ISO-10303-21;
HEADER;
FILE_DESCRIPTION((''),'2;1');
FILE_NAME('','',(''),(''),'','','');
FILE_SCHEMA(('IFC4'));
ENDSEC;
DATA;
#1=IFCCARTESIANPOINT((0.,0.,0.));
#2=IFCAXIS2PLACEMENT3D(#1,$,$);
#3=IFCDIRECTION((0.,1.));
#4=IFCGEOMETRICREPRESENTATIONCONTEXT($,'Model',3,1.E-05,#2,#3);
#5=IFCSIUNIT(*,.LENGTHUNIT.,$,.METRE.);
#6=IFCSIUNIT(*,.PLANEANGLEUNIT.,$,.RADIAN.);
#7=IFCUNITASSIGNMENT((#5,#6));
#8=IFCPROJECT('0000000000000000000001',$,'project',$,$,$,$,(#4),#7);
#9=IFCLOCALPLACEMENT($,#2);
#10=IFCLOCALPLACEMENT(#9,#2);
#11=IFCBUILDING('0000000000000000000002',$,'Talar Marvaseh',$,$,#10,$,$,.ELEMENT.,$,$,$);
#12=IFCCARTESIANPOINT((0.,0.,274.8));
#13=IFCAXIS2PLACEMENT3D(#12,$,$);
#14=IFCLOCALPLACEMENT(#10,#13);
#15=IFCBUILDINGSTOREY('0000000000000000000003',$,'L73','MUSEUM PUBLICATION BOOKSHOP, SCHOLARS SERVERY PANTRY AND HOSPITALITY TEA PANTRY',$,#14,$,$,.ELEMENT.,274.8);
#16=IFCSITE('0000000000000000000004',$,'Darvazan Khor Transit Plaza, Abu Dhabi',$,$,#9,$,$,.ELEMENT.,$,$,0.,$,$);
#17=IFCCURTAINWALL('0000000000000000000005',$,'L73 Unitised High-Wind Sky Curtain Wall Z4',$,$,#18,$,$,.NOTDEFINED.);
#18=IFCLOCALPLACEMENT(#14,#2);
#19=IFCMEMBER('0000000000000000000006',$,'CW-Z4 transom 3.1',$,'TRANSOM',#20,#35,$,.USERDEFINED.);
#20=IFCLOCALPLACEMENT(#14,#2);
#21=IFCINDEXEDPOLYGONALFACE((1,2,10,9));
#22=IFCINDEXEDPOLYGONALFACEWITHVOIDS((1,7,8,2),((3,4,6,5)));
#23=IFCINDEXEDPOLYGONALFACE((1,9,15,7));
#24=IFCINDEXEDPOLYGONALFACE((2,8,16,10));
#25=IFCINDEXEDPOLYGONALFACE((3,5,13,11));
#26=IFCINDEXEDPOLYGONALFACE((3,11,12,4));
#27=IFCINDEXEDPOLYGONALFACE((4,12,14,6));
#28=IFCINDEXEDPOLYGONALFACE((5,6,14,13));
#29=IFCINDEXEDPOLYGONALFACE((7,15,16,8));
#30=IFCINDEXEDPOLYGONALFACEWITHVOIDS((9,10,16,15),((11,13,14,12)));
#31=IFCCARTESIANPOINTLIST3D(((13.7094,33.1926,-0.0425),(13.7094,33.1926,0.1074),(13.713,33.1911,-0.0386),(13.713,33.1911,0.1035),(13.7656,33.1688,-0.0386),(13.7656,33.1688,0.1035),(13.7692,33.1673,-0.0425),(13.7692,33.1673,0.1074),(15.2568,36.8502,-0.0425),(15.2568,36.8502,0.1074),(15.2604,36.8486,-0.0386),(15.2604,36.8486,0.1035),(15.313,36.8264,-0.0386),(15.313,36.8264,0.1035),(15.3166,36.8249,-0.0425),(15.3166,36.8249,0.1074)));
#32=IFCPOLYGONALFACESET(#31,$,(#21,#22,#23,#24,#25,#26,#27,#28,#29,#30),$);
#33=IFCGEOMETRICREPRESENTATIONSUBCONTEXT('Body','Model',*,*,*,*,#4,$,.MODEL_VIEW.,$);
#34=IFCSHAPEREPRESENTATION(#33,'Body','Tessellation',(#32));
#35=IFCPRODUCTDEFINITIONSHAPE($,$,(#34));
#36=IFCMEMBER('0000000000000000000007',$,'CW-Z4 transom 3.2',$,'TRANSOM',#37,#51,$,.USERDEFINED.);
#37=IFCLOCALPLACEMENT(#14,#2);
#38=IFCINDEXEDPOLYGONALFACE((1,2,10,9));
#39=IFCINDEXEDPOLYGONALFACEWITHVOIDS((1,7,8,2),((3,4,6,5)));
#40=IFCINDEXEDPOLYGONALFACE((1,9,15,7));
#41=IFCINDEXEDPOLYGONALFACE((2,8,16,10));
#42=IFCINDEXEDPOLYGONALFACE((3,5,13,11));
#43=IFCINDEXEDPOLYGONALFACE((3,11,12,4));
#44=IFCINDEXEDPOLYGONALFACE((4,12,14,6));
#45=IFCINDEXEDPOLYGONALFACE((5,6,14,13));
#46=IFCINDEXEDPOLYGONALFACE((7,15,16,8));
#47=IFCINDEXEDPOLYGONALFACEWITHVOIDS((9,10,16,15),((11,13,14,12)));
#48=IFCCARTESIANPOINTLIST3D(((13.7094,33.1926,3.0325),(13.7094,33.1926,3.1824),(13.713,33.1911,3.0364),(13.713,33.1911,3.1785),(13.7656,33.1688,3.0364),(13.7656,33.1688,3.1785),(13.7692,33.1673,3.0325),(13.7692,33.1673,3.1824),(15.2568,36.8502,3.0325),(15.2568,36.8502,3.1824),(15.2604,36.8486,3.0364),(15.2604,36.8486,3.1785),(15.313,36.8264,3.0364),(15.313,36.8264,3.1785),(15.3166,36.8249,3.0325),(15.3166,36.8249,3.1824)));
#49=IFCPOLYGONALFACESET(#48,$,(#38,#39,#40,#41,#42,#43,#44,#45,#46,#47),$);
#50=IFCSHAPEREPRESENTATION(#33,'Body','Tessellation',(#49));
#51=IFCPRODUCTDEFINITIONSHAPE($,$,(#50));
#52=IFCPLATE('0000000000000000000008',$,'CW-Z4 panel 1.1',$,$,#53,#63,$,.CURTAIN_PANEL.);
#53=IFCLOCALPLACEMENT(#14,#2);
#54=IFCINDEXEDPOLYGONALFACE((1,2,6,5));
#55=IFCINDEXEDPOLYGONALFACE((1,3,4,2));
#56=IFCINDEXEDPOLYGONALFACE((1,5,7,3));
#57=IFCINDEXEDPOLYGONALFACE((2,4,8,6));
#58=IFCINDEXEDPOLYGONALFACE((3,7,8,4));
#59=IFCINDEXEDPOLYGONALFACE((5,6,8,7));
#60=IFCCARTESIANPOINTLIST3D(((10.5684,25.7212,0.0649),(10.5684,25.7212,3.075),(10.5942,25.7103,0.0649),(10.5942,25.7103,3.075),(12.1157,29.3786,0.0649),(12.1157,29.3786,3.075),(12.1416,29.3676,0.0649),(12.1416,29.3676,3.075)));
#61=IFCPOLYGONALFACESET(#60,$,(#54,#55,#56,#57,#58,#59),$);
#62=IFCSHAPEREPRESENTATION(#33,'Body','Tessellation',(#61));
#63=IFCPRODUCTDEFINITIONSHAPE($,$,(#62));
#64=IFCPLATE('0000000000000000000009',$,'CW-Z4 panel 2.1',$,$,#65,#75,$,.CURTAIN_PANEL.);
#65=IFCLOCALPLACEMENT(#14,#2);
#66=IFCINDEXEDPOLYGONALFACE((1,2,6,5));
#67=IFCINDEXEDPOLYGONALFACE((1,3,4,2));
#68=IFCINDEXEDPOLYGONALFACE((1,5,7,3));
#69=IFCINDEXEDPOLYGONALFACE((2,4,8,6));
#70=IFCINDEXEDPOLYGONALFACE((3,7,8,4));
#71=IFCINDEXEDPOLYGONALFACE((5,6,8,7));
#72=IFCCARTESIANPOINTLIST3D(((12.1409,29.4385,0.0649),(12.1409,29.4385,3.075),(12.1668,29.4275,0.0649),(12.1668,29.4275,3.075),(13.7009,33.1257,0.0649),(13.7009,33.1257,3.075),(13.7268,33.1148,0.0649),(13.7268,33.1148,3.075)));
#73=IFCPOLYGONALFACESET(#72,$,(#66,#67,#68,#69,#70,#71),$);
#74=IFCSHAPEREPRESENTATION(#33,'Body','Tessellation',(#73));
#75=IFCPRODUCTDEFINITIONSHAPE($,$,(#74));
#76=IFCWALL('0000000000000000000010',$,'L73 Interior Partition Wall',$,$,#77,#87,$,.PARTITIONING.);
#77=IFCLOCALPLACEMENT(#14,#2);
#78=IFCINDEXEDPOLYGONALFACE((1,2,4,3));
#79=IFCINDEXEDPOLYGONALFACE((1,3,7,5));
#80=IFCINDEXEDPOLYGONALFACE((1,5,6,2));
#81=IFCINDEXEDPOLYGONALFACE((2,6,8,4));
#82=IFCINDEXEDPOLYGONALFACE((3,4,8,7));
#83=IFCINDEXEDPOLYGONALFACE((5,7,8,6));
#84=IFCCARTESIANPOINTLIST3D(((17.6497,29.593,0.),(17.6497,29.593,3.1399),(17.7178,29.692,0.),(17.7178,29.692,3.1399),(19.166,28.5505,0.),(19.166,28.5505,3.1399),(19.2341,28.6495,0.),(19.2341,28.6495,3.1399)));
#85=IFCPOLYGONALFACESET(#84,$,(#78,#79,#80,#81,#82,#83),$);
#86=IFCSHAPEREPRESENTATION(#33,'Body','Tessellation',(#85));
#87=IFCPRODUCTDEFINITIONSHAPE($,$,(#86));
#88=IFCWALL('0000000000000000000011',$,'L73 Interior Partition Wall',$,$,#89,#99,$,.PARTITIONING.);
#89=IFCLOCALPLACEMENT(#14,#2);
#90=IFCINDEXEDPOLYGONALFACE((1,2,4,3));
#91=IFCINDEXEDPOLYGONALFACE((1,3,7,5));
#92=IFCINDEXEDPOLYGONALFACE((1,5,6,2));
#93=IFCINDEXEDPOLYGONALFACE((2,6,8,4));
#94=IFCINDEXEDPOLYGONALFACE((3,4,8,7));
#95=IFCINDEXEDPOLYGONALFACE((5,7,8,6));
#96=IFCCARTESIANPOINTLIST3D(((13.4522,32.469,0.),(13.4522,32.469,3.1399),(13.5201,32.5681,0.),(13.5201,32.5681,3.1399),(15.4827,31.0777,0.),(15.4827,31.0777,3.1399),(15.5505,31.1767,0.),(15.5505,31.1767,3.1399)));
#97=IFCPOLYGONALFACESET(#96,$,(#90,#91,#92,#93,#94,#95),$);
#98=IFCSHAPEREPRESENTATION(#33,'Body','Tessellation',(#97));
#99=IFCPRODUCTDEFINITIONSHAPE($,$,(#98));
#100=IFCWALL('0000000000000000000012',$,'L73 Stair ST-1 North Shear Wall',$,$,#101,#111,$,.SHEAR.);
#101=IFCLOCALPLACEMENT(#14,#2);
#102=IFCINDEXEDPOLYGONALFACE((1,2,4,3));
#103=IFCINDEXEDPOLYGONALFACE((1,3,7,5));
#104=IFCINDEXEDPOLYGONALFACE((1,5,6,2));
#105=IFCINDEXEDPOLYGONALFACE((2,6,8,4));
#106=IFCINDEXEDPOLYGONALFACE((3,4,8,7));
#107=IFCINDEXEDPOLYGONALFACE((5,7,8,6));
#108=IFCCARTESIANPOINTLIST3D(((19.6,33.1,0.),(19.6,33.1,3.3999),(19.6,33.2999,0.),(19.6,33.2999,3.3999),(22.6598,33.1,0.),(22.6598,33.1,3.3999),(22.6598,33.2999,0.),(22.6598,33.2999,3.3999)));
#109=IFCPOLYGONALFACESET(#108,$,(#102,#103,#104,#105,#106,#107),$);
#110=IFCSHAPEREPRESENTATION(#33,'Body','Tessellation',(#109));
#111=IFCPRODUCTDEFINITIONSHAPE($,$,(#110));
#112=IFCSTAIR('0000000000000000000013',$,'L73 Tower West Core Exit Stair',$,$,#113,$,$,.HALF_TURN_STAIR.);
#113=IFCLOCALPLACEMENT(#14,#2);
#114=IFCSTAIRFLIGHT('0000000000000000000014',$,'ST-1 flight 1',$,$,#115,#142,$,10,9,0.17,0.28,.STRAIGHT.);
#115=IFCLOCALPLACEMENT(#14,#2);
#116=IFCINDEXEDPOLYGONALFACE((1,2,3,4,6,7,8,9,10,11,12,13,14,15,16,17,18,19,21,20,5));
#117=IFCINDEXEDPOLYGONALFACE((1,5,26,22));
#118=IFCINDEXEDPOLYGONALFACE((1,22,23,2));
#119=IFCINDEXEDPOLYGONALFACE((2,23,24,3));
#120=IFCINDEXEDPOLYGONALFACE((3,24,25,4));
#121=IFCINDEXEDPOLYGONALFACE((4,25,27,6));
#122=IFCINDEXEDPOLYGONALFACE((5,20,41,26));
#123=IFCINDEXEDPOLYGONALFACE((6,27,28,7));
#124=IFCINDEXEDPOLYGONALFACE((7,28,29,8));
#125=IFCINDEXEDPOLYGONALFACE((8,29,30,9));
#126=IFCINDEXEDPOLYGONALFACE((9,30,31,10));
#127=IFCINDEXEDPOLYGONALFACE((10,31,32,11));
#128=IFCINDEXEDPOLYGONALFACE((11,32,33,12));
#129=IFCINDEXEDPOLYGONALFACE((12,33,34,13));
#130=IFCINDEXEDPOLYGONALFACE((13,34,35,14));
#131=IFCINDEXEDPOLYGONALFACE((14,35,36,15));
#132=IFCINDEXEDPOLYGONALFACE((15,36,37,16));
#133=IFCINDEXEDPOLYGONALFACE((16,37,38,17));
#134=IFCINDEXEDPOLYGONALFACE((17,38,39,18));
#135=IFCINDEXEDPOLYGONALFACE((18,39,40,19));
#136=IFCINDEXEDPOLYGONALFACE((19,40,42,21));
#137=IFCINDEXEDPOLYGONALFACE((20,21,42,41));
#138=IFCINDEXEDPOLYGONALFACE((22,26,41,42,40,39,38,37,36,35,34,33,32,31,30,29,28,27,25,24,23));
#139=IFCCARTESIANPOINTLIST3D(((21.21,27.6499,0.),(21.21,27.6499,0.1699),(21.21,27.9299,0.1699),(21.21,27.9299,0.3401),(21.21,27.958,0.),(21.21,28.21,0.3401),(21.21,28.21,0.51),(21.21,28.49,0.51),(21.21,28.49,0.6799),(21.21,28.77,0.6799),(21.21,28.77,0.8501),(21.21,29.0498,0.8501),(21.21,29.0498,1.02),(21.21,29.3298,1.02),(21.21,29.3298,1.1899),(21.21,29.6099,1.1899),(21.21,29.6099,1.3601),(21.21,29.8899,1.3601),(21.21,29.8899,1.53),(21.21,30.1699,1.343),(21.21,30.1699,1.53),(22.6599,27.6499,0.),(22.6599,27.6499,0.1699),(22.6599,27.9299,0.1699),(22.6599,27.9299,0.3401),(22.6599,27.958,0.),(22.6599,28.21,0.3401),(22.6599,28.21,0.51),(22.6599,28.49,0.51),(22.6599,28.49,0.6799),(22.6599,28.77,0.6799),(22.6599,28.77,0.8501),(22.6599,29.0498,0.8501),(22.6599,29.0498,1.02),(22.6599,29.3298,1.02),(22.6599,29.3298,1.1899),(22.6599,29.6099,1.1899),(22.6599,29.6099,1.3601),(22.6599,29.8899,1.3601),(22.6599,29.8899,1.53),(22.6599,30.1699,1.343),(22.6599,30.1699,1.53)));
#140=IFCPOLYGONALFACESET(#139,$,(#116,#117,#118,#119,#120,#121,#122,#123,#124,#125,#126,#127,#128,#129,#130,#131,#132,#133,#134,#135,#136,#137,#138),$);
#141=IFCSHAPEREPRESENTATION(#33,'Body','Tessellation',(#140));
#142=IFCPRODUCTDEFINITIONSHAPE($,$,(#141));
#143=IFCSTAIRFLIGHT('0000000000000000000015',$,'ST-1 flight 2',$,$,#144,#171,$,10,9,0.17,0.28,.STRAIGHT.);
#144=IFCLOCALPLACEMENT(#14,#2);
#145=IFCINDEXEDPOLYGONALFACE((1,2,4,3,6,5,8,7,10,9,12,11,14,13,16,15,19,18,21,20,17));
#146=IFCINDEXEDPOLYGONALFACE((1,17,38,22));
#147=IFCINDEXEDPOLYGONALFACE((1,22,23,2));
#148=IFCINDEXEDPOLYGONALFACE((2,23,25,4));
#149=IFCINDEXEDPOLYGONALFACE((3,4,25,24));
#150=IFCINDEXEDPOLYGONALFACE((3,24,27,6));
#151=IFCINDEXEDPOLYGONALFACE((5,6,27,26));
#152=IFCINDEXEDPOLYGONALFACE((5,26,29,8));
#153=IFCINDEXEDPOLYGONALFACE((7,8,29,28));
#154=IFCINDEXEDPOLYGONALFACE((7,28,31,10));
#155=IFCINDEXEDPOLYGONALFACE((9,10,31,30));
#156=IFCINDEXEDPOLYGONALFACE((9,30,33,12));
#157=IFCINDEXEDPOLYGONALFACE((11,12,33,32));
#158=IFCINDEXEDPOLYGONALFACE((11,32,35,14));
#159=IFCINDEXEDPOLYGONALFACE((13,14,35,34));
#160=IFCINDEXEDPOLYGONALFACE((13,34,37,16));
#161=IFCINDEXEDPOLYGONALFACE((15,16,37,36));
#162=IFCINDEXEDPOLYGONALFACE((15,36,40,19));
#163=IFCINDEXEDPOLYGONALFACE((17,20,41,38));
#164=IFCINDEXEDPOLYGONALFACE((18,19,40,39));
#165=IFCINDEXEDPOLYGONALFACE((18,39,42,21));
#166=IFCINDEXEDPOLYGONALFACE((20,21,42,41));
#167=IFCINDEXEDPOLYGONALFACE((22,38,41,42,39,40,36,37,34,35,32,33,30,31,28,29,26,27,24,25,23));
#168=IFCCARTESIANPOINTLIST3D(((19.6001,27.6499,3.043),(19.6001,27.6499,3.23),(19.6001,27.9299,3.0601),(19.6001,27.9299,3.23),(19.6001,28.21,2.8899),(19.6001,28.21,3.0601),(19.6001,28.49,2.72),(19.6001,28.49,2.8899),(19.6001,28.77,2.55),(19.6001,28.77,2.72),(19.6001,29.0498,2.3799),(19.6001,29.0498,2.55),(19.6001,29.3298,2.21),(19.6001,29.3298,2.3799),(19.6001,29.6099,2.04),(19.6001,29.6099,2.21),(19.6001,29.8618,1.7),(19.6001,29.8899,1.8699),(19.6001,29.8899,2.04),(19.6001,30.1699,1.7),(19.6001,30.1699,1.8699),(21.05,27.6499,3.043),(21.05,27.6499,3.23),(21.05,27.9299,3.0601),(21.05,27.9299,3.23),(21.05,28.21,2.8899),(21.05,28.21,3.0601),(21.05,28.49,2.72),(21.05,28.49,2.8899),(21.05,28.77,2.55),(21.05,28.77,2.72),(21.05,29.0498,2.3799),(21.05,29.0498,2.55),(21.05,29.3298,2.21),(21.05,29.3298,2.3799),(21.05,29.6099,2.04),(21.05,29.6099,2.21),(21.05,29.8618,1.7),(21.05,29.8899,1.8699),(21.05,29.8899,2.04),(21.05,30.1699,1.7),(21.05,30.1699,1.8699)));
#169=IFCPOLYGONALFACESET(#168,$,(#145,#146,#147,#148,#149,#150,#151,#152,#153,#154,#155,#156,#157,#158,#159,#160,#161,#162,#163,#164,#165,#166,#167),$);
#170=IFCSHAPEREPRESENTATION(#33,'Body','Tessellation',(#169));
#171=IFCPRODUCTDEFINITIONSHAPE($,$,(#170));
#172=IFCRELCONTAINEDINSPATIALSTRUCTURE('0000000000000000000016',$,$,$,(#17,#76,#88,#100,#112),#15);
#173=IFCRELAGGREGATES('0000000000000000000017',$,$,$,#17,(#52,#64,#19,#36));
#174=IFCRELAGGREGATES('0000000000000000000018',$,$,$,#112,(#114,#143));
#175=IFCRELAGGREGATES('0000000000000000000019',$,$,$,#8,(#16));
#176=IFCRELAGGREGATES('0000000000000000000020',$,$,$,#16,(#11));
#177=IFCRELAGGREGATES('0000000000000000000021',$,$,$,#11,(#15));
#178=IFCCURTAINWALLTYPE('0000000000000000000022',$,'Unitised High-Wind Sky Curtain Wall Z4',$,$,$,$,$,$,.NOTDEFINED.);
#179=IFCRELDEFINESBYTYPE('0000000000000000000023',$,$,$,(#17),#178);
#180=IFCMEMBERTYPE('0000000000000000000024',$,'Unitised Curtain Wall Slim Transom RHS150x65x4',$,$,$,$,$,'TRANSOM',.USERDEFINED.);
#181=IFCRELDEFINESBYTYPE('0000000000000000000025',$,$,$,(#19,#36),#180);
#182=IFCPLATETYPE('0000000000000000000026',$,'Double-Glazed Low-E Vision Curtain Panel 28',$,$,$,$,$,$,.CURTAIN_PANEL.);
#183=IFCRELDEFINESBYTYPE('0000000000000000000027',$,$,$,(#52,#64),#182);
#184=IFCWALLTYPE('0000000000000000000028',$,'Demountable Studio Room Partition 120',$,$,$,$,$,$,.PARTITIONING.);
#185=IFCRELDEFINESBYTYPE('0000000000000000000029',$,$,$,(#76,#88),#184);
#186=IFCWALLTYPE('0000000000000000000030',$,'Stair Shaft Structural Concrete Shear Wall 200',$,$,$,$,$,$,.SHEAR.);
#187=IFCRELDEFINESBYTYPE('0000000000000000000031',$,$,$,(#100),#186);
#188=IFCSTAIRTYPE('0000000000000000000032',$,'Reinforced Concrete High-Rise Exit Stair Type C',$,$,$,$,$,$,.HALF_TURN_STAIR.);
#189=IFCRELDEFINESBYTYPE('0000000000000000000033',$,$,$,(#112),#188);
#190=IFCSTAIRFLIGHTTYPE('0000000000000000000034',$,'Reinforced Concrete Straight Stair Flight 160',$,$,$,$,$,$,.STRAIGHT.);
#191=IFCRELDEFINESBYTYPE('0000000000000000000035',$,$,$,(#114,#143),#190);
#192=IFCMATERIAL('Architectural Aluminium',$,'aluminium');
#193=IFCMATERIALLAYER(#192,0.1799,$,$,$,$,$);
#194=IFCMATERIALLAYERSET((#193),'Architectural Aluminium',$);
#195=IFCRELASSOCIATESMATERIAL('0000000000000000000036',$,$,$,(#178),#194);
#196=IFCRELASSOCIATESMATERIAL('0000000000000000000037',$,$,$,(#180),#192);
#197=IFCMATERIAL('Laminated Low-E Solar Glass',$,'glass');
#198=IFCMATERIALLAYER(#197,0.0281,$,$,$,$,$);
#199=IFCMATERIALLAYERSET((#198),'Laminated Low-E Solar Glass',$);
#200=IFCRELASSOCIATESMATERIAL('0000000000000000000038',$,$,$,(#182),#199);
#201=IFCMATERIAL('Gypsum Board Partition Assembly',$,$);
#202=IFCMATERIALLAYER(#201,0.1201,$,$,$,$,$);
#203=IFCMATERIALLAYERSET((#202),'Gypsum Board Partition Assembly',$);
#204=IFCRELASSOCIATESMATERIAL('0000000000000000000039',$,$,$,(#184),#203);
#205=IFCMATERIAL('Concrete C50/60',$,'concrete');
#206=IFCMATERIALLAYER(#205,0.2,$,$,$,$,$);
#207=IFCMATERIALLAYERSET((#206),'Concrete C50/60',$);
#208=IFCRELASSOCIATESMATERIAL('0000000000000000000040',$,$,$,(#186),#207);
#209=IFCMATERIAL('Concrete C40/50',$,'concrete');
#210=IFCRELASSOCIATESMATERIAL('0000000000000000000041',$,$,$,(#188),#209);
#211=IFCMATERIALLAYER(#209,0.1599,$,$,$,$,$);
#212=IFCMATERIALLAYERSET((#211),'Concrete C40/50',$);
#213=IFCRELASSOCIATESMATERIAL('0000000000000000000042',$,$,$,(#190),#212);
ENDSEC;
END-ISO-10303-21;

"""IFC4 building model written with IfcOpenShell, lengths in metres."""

from ifc_helpers import new_model, si_unit, direction, frame, frame_2d, origin, origin_2d, place, context, subcontext, project, spatial, polyline, rectangle, hollow_rectangle, outline, extrude, source, transform, mapped, material, layer, layer_set, material_profile, profile_set, type_object, type_shapes, element, aggregate, save


model = new_model("IFC4")

# Units and contexts
model_context = context("Model", 3, precision=1e-05, world=origin(), true_north=direction((0.0, 1.0)))
body_context = subcontext(model_context, "Body", "Model", "MODEL_VIEW")
ifc_project = project(units=[si_unit("LENGTHUNIT", "METRE"), si_unit("PLANEANGLEUNIT", "RADIAN")], contexts=[model_context])

# Site, building, storey
site_placement = place(None, origin())
site = spatial("IfcSite", under=ifc_project, at=site_placement, Name="Darvazan Khor Transit Plaza, Abu Dhabi", CompositionType="ELEMENT", RefElevation=0.0)
building_placement = place(site_placement, origin())
building = spatial("IfcBuilding", under=site, at=building_placement, Name="Talar Marvaseh", CompositionType="ELEMENT")
storey_placement = place(building_placement, frame((0.0, 0.0, 274.8)))
storey = spatial("IfcBuildingStorey", under=building, at=storey_placement, Name="L73", Description="MUSEUM PUBLICATION BOOKSHOP, SCHOLARS SERVERY PANTRY AND HOSPITALITY TEA PANTRY", CompositionType="ELEMENT", Elevation=274.8)

# Shared definitions
ifc_material_1 = material(Name="Concrete C50/60", Category="concrete")

# Shared definitions
ifc_material_2 = material(Name="Concrete C40/50", Category="concrete")

# Curtain wall, members, plates
ifc_material_3 = material(Name="Architectural Aluminium", Category="aluminium")
ifc_layer_1 = layer(ifc_material_3, 0.1799)
ifc_layer_set_1 = layer_set([ifc_layer_1], Name="Architectural Aluminium")
curtain_wall_type = type_object("IfcCurtainWallType", Name="Unitised High-Wind Sky Curtain Wall Z4", PredefinedType="NOTDEFINED", material=ifc_layer_set_1)
curtain_wall_placement = place(storey_placement, origin())
curtain_wall = element("IfcCurtainWall", 1, at=curtain_wall_placement, inside=storey, type_object=curtain_wall_type, Name="L73 Unitised High-Wind Sky Curtain Wall Z4", PredefinedType="NOTDEFINED")
ifc_material_profile_1 = material_profile(ifc_material_3, hollow_rectangle(XDim=0.0649, YDim=0.1499, WallThickness=0.0039, at=origin_2d()), Name="RHS150x65x4")
ifc_profile_set_1 = profile_set([ifc_material_profile_1], Name="Architectural Aluminium")
member_type_1 = type_object("IfcMemberType", Name="Unitised Curtain Wall Slim Transom RHS150x65x4", ElementType="TRANSOM", PredefinedType="USERDEFINED", material=ifc_profile_set_1)
shared_shape_1 = source(origin(), body_context, "Body", "SweptSolid", [
    extrude(hollow_rectangle(XDim=0.0649, YDim=0.1499, WallThickness=0.0039, at=origin_2d()), origin(), (0.0, 0.0, 1.0), 3.9714),
])
member_1_placement = place(storey_placement, frame((13.7393, 33.1799, 0.0325), z_axis=(0.389634, 0.92097, 0.0), x_axis=(-0.92097, 0.389634, 0.0)))
member_1 = element("IfcMember", 2, at=member_1_placement, type_object=member_type_1, Name="CW-Z4 transom 3.1", ObjectType="TRANSOM", PredefinedType="USERDEFINED", context=body_context, shape_type="MappedRepresentation", body=[
    mapped(shared_shape_1, transform((0.0, 0.0, 0.0), x_axis=(1.0, 0.0, 0.0), y_axis=(0.0, 1.0, 0.0), z_axis=(0.0, 0.0, 1.0), scale=1.0)),
])
member_2_placement = place(storey_placement, frame((13.7393, 33.1799, 3.1074), z_axis=(0.389634, 0.92097, 0.0), x_axis=(-0.92097, 0.389634, 0.0)))
member_2 = element("IfcMember", 3, at=member_2_placement, type_object=member_type_1, Name="CW-Z4 transom 3.2", ObjectType="TRANSOM", PredefinedType="USERDEFINED", context=body_context, shape_type="MappedRepresentation", body=[
    mapped(shared_shape_1, transform((0.0, 0.0, 0.0), x_axis=(1.0, 0.0, 0.0), y_axis=(0.0, 1.0, 0.0), z_axis=(0.0, 0.0, 1.0), scale=1.0)),
])
ifc_material_4 = material(Name="Laminated Low-E Solar Glass", Category="glass")
ifc_layer_2 = layer(ifc_material_4, 0.0281)
ifc_layer_set_2 = layer_set([ifc_layer_2], Name="Laminated Low-E Solar Glass")
plate_type = type_object("IfcPlateType", Name="Double-Glazed Low-E Vision Curtain Panel 28", PredefinedType="CURTAIN_PANEL", material=ifc_layer_set_2)
shared_shape_2 = source(origin(), body_context, "Body", "SweptSolid", [
    extrude(rectangle(XDim=3.9712, YDim=0.0281, at=origin_2d()), origin(), (0.0, 0.0, 1.0), 3.01),
])
plate_1_placement = place(storey_placement, frame((11.355, 27.5444, 0.0649), z_axis=(0.0, 0.0, 1.0), x_axis=(0.389638, 0.920968, 0.0)))
plate_1 = element("IfcPlate", 4, at=plate_1_placement, type_object=plate_type, Name="CW-Z4 panel 1.1", PredefinedType="CURTAIN_PANEL", context=body_context, shape_type="MappedRepresentation", body=[
    mapped(shared_shape_2, transform((0.0, 0.0, 0.0), x_axis=(1.0, 0.0, 0.0), y_axis=(0.0, 1.0, 0.0), z_axis=(0.0, 0.0, 1.0), scale=1.0)),
])
shared_shape_3 = source(origin(), body_context, "Body", "SweptSolid", [
    extrude(rectangle(XDim=4.0037, YDim=0.0281, at=origin_2d()), origin(), (0.0, 0.0, 1.0), 3.01),
])
type_shapes(plate_type, [shared_shape_2, shared_shape_3])
plate_2_placement = place(storey_placement, frame((12.9338, 31.2766, 0.0649), z_axis=(0.0, 0.0, 1.0), x_axis=(0.389638, 0.920968, 0.0)))
plate_2 = element("IfcPlate", 5, at=plate_2_placement, type_object=plate_type, Name="CW-Z4 panel 2.1", PredefinedType="CURTAIN_PANEL", context=body_context, shape_type="MappedRepresentation", body=[
    mapped(shared_shape_3, transform((0.0, 0.0, 0.0), x_axis=(1.0, 0.0, 0.0), y_axis=(0.0, 1.0, 0.0), z_axis=(0.0, 0.0, 1.0), scale=1.0)),
])
aggregate(curtain_wall, [plate_1, plate_2, member_1, member_2])

# Walls
ifc_material_5 = material(Name="Gypsum Board Partition Assembly")
ifc_layer_3 = layer(ifc_material_5, 0.1201)
ifc_layer_set_3 = layer_set([ifc_layer_3], Name="Gypsum Board Partition Assembly")
wall_type_1 = type_object("IfcWallType", Name="Demountable Studio Room Partition 120", PredefinedType="PARTITIONING", material=ifc_layer_set_3)
wall_1_placement = place(storey_placement, frame((19.2, 28.6001, 0.0), z_axis=(0.0, 0.0, 1.0), x_axis=(-0.824046, 0.566523, 0.0)))
element("IfcWall", 6, at=wall_1_placement, inside=storey, type_object=wall_type_1, Name="L73 Interior Partition Wall", PredefinedType="PARTITIONING", context=body_context, shape_type="SweptSolid", body=[
    extrude(rectangle(XDim=1.8401, YDim=0.1201, at=frame_2d((0.9199, 0.0))), origin(), (0.0, 0.0, 1.0), 3.1399),
])
wall_2_placement = place(storey_placement, frame((15.5166, 31.1272, 0.0), z_axis=(0.0, 0.0, 1.0), x_axis=(-0.824918, 0.565253, 0.0)))
element("IfcWall", 7, at=wall_2_placement, inside=storey, type_object=wall_type_1, Name="L73 Interior Partition Wall", PredefinedType="PARTITIONING", context=body_context, shape_type="SweptSolid", body=[
    extrude(rectangle(XDim=2.4614, YDim=0.1201, at=frame_2d((1.2307, 0.0))), origin(), (0.0, 0.0, 1.0), 3.1399),
])
ifc_layer_4 = layer(ifc_material_1, 0.2)
ifc_layer_set_4 = layer_set([ifc_layer_4], Name="Concrete C50/60")
wall_type_2 = type_object("IfcWallType", Name="Stair Shaft Structural Concrete Shear Wall 200", PredefinedType="SHEAR", material=ifc_layer_set_4)
wall_3_placement = place(storey_placement, frame((19.6001, 33.2, 0.0), z_axis=(0.0, 0.0, 1.0), x_axis=(1.0, 0.0, 0.0)))
element("IfcWall", 8, at=wall_3_placement, inside=storey, type_object=wall_type_2, Name="L73 Stair ST-1 North Shear Wall", PredefinedType="SHEAR", context=body_context, shape_type="SweptSolid", body=[
    extrude(rectangle(XDim=3.0598, YDim=0.2, at=frame_2d((1.5298, 0.0))), origin(), (0.0, 0.0, 1.0), 3.3999),
])

# Stair, stair flights
stair_type = type_object("IfcStairType", Name="Reinforced Concrete High-Rise Exit Stair Type C", PredefinedType="HALF_TURN_STAIR", material=ifc_material_2)
stair_placement = place(storey_placement, origin())
stair = element("IfcStair", 9, at=stair_placement, inside=storey, type_object=stair_type, Name="L73 Tower West Core Exit Stair", PredefinedType="HALF_TURN_STAIR")
ifc_layer_5 = layer(ifc_material_2, 0.1599)
ifc_layer_set_5 = layer_set([ifc_layer_5], Name="Concrete C40/50")
stair_flight_type = type_object("IfcStairFlightType", Name="Reinforced Concrete Straight Stair Flight 160", PredefinedType="STRAIGHT", material=ifc_layer_set_5)
stair_flight_1_placement = place(storey_placement, frame((21.9351, 27.6499, 0.0), z_axis=(0.0, 0.0, 1.0), x_axis=(0.0, 1.0, 0.0)))
stair_flight_1 = element("IfcStairFlight", 10, at=stair_flight_1_placement, type_object=stair_flight_type, Name="ST-1 flight 1", NumberOfRisers=10, NumberOfTreads=9, PredefinedType="STRAIGHT", RiserHeight=0.17, TreadLength=0.28, context=body_context, shape_type="SweptSolid", body=[
    extrude(outline(polyline([(0.0, 0.0), (0.0, 0.1699), (0.28, 0.1699), (0.28, 0.3401), (0.5601, 0.3401), (0.5601, 0.51), (0.8401, 0.51), (0.8401, 0.6799), (1.1201, 0.6799), (1.1201, 0.8501), (1.3999, 0.8501), (1.3999, 1.02), (1.6799, 1.02), (1.6799, 1.1899), (1.96, 1.1899), (1.96, 1.3601), (2.24, 1.3601), (2.24, 1.53), (2.52, 1.53), (2.52, 1.7), (2.52, 1.343), (0.3081, 0.0), (0.0, 0.0)])), frame((0.0, 0.7251, 0.0), z_axis=(0.0, -1.0, 0.0), x_axis=(1.0, 0.0, 0.0)), (0.0, 0.0, 1.0), 1.45),
])
stair_flight_2_placement = place(storey_placement, frame((20.325, 30.1699, 1.7), z_axis=(0.0, 0.0, 1.0), x_axis=(0.0, -1.0, 0.0)))
stair_flight_2 = element("IfcStairFlight", 11, at=stair_flight_2_placement, type_object=stair_flight_type, Name="ST-1 flight 2", NumberOfRisers=10, NumberOfTreads=9, PredefinedType="STRAIGHT", RiserHeight=0.17, TreadLength=0.28, context=body_context, shape_type="SweptSolid", body=[
    extrude(outline(polyline([(0.0, 0.0), (0.0, 0.1699), (0.28, 0.1699), (0.28, 0.3401), (0.5601, 0.3401), (0.5601, 0.51), (0.8401, 0.51), (0.8401, 0.6799), (1.1201, 0.6799), (1.1201, 0.8501), (1.3999, 0.8501), (1.3999, 1.02), (1.6799, 1.02), (1.6799, 1.1899), (1.96, 1.1899), (1.96, 1.3601), (2.24, 1.3601), (2.24, 1.53), (2.52, 1.53), (2.52, 1.7), (2.52, 1.343), (0.3081, 0.0), (0.0, 0.0)])), frame((0.0, 0.7251, 0.0), z_axis=(0.0, -1.0, 0.0), x_axis=(1.0, 0.0, 0.0)), (0.0, 0.0, 1.0), 1.45),
])
aggregate(stair, [stair_flight_1, stair_flight_2])

save(model, "model.ifc")
